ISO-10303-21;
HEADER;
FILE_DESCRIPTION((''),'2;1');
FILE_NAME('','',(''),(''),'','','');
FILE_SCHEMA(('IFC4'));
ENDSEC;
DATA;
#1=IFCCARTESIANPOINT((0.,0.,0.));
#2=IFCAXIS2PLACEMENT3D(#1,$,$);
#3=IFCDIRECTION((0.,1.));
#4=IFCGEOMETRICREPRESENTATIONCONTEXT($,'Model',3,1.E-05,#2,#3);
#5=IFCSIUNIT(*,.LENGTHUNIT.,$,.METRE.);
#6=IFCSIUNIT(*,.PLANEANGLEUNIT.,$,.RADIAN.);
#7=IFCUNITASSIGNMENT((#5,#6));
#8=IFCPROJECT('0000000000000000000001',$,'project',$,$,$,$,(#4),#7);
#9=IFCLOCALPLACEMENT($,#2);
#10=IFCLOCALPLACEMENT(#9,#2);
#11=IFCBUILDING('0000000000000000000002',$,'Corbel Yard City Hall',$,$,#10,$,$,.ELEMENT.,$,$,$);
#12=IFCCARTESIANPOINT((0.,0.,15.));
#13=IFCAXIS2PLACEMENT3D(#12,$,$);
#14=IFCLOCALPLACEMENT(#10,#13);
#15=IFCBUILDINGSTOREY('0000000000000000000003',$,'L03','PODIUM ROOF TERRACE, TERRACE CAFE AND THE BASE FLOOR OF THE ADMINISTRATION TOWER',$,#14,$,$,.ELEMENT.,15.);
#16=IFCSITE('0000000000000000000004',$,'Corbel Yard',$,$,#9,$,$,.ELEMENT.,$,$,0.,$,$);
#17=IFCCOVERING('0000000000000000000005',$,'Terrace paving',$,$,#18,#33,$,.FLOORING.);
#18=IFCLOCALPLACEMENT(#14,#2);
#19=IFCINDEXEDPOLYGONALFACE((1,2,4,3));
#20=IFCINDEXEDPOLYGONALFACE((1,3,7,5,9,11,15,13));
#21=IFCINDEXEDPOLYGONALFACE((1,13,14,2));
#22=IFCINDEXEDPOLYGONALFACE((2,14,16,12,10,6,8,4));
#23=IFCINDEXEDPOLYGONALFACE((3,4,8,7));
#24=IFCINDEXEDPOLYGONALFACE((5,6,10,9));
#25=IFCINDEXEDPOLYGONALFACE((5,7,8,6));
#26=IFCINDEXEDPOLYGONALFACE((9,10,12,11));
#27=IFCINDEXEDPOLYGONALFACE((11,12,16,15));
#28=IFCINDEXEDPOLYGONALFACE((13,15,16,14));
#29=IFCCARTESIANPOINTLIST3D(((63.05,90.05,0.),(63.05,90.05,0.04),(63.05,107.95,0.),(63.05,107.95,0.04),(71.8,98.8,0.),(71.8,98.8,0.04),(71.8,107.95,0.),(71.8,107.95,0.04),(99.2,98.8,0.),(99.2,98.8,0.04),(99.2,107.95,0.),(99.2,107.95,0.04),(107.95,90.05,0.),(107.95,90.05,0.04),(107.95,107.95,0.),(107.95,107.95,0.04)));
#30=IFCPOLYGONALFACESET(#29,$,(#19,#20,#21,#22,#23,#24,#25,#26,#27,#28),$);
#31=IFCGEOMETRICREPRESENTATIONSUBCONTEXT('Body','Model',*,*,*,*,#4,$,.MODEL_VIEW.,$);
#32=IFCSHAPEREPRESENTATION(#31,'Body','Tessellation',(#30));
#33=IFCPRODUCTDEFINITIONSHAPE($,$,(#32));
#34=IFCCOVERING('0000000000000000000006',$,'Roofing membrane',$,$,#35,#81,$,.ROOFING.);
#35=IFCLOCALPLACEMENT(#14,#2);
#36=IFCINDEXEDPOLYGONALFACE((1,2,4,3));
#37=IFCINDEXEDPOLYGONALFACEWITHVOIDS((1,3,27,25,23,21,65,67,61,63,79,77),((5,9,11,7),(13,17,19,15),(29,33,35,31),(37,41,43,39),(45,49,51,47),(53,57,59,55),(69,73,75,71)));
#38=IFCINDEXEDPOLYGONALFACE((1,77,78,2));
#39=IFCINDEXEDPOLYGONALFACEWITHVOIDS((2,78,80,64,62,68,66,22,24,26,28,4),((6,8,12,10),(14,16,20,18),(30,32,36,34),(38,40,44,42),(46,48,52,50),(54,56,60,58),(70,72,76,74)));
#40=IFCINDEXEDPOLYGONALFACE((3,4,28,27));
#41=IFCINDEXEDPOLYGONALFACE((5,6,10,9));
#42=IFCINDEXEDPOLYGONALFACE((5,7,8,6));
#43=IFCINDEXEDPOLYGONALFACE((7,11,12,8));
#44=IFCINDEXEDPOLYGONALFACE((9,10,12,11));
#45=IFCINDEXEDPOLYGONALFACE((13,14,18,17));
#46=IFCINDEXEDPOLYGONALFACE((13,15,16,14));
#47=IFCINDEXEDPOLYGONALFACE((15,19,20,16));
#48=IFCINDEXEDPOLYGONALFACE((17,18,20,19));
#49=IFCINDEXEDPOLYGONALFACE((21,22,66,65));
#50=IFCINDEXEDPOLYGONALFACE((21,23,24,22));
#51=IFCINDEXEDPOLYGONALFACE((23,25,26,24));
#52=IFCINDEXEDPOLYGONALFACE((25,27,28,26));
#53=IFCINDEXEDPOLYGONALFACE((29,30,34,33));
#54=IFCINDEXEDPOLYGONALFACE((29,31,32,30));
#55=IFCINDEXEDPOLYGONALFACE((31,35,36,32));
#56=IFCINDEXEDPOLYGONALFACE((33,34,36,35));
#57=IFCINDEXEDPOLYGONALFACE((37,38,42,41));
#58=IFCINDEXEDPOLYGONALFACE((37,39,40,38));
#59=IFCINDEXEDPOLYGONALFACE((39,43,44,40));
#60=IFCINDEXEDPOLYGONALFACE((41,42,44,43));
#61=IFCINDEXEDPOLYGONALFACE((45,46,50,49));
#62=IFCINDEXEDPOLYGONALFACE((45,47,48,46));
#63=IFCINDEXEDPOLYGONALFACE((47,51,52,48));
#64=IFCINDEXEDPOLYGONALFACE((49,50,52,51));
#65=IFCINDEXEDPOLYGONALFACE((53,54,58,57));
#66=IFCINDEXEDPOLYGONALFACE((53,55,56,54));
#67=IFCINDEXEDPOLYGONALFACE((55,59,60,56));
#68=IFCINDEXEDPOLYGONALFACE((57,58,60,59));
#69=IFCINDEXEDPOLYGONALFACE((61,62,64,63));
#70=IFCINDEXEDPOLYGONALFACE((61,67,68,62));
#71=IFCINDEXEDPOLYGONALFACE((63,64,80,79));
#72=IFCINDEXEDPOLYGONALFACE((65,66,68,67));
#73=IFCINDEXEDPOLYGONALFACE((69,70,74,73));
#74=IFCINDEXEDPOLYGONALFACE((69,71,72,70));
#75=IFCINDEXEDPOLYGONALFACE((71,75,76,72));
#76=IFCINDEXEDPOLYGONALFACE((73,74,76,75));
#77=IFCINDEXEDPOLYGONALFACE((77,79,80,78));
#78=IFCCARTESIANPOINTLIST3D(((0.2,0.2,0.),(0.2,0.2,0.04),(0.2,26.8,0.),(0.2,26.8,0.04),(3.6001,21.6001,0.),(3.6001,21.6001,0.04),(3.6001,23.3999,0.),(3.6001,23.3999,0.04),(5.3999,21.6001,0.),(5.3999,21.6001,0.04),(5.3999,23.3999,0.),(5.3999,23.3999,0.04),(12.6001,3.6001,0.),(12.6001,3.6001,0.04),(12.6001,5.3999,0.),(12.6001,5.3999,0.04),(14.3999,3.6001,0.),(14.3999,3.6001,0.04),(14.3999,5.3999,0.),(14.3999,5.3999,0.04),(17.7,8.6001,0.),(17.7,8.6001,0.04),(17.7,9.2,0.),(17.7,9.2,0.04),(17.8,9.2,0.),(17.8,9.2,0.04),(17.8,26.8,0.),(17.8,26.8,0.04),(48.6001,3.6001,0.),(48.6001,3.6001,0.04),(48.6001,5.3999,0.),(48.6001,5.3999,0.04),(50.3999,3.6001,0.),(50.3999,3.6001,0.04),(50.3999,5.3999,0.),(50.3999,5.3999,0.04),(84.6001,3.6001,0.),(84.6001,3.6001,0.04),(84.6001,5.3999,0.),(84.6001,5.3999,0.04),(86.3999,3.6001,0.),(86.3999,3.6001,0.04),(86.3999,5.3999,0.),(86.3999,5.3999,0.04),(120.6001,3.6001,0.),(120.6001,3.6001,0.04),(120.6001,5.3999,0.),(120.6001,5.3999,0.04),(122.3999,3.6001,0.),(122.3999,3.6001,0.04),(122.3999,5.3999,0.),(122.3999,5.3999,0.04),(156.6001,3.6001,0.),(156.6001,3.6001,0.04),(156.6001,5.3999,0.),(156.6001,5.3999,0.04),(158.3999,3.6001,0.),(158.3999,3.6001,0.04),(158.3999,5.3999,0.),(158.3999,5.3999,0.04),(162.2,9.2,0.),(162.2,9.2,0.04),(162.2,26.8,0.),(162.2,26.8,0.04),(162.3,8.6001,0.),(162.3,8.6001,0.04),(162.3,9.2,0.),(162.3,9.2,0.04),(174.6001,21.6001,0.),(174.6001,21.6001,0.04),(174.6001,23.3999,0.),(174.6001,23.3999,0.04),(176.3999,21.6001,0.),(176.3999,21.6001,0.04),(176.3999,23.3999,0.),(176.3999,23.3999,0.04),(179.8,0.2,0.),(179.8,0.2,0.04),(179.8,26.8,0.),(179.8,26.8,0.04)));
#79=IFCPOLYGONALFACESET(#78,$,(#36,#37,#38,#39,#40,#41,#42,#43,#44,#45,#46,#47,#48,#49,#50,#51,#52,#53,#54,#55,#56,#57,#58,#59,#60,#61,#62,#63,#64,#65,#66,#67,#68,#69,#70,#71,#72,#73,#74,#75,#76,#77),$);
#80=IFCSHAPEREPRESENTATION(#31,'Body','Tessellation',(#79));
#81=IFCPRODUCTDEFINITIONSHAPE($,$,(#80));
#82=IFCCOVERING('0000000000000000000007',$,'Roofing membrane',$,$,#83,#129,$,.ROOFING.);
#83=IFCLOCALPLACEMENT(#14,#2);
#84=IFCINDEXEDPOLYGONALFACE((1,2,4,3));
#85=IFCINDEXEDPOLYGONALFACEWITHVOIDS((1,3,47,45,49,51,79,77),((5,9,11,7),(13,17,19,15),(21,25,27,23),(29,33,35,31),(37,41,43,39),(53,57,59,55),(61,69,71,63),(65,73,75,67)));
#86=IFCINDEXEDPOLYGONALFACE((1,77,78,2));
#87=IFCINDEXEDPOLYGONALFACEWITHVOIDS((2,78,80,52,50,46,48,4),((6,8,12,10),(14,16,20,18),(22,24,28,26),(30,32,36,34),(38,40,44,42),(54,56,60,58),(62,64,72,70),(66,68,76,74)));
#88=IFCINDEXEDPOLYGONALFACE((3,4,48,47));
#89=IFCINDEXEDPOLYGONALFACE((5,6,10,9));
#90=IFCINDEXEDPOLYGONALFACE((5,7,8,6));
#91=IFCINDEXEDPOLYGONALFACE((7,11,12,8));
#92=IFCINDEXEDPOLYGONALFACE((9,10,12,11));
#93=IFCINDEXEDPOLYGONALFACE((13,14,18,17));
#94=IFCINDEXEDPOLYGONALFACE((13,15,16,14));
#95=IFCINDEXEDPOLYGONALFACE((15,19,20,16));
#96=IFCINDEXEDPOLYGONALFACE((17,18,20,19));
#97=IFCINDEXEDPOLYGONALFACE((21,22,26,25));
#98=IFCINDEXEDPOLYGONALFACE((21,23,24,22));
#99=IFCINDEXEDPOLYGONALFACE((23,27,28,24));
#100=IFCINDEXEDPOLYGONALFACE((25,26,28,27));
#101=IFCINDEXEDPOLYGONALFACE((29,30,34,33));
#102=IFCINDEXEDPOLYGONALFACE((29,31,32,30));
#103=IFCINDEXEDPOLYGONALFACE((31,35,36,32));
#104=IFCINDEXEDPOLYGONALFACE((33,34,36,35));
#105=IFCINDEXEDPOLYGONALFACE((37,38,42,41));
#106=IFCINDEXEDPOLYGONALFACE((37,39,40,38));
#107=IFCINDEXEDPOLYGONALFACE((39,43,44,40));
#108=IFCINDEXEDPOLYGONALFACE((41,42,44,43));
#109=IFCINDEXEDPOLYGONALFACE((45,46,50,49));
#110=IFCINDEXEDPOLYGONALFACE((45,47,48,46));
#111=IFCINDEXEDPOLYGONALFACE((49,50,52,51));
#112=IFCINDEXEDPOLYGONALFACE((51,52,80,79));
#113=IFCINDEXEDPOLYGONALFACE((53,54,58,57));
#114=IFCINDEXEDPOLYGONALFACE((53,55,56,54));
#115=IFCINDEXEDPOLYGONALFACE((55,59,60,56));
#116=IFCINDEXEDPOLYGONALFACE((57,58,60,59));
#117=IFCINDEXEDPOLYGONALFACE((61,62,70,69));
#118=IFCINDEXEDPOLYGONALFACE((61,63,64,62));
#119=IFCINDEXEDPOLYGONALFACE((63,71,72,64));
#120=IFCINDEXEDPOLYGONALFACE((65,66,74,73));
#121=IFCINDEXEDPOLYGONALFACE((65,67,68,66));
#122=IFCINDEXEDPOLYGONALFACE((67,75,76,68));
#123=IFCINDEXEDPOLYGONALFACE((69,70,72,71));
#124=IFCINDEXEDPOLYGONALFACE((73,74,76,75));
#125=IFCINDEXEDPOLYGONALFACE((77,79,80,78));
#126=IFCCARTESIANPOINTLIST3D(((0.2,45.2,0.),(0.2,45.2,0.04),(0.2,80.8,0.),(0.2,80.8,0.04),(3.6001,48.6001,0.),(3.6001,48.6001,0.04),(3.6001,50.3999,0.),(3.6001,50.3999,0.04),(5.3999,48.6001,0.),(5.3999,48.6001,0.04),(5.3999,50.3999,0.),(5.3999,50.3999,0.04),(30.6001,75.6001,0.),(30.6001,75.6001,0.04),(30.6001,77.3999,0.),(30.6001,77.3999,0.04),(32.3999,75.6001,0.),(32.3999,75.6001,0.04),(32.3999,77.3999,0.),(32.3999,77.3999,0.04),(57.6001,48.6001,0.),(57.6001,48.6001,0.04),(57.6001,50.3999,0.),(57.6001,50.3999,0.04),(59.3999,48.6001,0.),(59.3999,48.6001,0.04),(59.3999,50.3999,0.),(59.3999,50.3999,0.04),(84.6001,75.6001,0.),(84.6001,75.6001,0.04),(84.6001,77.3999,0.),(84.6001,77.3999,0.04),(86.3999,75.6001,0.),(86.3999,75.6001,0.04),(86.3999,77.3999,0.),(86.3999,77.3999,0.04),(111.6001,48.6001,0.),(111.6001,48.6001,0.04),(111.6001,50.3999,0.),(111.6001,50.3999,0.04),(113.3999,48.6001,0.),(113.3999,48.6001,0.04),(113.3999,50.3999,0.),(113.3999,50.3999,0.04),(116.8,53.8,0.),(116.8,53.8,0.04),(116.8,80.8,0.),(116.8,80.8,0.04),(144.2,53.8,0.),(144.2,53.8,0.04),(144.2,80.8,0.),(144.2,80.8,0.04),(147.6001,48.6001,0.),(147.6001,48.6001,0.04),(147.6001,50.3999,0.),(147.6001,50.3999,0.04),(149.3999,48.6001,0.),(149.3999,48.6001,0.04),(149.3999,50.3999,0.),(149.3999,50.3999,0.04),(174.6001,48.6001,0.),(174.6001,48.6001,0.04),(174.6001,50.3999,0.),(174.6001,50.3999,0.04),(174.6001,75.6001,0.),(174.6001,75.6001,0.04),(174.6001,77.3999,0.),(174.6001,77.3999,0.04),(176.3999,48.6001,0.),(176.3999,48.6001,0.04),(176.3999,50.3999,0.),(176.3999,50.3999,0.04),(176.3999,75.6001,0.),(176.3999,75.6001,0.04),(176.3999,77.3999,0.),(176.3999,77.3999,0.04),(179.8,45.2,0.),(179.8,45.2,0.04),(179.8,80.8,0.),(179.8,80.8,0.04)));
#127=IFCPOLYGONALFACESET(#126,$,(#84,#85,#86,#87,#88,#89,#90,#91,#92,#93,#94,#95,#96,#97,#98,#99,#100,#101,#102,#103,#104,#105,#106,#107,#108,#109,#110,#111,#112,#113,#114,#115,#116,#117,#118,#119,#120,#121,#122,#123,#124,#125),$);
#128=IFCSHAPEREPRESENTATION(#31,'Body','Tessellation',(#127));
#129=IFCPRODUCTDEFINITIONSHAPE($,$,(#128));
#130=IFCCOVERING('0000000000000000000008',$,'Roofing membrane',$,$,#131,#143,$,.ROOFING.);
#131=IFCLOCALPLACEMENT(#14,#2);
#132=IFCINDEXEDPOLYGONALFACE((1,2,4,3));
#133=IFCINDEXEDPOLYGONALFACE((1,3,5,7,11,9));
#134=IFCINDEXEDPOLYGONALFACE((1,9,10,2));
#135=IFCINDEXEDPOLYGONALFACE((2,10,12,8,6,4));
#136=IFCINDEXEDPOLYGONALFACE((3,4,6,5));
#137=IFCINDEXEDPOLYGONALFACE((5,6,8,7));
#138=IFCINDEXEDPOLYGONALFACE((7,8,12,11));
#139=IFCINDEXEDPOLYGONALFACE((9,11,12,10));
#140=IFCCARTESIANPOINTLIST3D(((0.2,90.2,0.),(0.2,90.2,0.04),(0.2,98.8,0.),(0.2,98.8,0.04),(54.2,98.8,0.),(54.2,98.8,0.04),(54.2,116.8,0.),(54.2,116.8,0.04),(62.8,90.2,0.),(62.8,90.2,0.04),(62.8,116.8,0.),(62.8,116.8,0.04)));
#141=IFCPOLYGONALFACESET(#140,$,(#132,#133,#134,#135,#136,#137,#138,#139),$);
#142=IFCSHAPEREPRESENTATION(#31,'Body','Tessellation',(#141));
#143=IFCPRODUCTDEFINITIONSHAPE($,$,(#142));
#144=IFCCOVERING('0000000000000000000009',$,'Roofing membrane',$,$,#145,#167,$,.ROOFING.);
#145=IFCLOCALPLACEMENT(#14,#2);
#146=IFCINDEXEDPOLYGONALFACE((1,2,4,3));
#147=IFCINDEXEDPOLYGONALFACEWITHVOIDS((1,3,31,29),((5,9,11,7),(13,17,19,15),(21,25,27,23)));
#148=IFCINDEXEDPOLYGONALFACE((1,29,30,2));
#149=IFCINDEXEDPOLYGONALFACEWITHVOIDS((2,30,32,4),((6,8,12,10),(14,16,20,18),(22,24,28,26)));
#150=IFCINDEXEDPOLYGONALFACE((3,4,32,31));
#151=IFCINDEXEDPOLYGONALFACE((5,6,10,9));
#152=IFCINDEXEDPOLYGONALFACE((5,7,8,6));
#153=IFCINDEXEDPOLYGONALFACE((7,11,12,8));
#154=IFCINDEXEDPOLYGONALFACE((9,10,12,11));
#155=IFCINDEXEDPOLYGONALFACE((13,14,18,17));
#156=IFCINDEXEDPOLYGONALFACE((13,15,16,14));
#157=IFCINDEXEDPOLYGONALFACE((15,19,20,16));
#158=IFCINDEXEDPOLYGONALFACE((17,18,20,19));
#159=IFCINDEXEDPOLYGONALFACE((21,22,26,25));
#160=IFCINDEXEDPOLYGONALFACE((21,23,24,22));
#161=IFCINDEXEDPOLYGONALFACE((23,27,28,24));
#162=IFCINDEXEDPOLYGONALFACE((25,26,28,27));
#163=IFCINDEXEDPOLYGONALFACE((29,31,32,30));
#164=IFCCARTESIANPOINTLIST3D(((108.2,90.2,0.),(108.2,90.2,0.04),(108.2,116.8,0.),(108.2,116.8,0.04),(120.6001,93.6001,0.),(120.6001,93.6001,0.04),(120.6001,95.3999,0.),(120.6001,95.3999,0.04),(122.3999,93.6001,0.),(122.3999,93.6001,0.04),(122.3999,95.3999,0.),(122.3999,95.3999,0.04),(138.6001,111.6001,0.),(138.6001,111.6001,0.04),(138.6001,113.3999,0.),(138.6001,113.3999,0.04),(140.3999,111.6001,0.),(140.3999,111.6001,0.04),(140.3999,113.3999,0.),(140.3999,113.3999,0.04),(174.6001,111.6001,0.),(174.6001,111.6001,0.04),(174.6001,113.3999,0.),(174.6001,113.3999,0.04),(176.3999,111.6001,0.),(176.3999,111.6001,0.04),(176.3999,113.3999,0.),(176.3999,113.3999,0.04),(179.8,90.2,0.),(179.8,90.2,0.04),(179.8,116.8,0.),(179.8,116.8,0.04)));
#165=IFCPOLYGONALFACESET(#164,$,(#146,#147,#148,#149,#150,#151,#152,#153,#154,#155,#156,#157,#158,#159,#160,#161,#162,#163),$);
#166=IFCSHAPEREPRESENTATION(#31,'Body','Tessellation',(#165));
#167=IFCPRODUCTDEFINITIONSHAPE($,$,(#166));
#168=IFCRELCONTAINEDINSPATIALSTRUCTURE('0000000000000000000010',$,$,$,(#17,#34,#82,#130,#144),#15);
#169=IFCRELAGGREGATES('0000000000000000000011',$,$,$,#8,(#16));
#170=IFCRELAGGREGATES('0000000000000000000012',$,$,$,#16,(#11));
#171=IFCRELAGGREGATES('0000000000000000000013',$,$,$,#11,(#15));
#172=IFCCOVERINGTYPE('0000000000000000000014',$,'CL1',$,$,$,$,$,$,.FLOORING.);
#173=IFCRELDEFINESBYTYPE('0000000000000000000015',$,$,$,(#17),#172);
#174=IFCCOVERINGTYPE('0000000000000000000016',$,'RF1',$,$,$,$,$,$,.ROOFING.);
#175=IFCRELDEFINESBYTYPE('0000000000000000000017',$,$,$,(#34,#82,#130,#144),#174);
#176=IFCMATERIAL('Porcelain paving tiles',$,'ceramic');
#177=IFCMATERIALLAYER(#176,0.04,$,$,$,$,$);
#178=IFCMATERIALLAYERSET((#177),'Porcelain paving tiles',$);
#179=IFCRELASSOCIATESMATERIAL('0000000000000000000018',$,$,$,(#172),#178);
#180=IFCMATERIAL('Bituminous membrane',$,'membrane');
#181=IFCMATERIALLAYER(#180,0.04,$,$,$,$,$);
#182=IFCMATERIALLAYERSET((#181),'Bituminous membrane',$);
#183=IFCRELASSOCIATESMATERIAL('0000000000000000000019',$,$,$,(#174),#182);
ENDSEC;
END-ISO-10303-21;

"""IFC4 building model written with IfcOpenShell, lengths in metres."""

from ifc_helpers import new_model, si_unit, direction, frame, origin, place, context, subcontext, project, spatial, polyline, outline, extrude, material, layer, layer_set, type_object, element, save


model = new_model("IFC4")

# Units and contexts
model_context = context("Model", 3, precision=1e-05, world=origin(), true_north=direction((0.0, 1.0)))
body_context = subcontext(model_context, "Body", "Model", "MODEL_VIEW")
ifc_project = project(units=[si_unit("LENGTHUNIT", "METRE"), si_unit("PLANEANGLEUNIT", "RADIAN")], contexts=[model_context])

# Site, building, storey
site_placement = place(None, origin())
site = spatial("IfcSite", under=ifc_project, at=site_placement, Name="Corbel Yard", CompositionType="ELEMENT", RefElevation=0.0)
building_placement = place(site_placement, origin())
building = spatial("IfcBuilding", under=site, at=building_placement, Name="Corbel Yard City Hall", CompositionType="ELEMENT")
storey_placement = place(building_placement, frame((0.0, 0.0, 15.0)))
storey = spatial("IfcBuildingStorey", under=building, at=storey_placement, Name="L03", Description="PODIUM ROOF TERRACE, TERRACE CAFE AND THE BASE FLOOR OF THE ADMINISTRATION TOWER", CompositionType="ELEMENT", Elevation=15.0)

# Coverings
ifc_material_1 = material(Name="Porcelain paving tiles", Category="ceramic")
ifc_layer_1 = layer(ifc_material_1, 0.04)
ifc_layer_set_1 = layer_set([ifc_layer_1], Name="Porcelain paving tiles")
covering_type_1 = type_object("IfcCoveringType", Name="CL1", PredefinedType="FLOORING", material=ifc_layer_set_1)
covering_1_placement = place(storey_placement, origin())
element("IfcCovering", 1, at=covering_1_placement, inside=storey, type_object=covering_type_1, Name="Terrace paving", PredefinedType="FLOORING", context=body_context, shape_type="SweptSolid", body=[
    extrude(outline(polyline([(107.95, 90.05), (63.05, 90.05), (63.05, 107.95), (71.8, 107.95), (71.8, 98.8), (99.2, 98.8), (99.2, 107.95), (107.95, 107.95), (107.95, 90.05)])), origin(), (0.0, 0.0, 1.0), 0.04),
])
ifc_material_2 = material(Name="Bituminous membrane", Category="membrane")
ifc_layer_2 = layer(ifc_material_2, 0.04)
ifc_layer_set_2 = layer_set([ifc_layer_2], Name="Bituminous membrane")
covering_type_2 = type_object("IfcCoveringType", Name="RF1", PredefinedType="ROOFING", material=ifc_layer_set_2)
covering_2_placement = place(storey_placement, origin())
element("IfcCovering", 2, at=covering_2_placement, inside=storey, type_object=covering_type_2, Name="Roofing membrane", PredefinedType="ROOFING", context=body_context, shape_type="SweptSolid", body=[
    extrude(outline(polyline([(17.8, 9.2), (17.7, 9.2), (17.7, 8.6001), (162.3, 8.6001), (162.3, 9.2), (162.2, 9.2), (162.2, 26.8), (179.8, 26.8), (179.8, 0.2), (0.2, 0.2), (0.2, 26.8), (17.8, 26.8), (17.8, 9.2)]), holes=[polyline([(12.6001, 5.3999), (12.6001, 3.6001), (14.3999, 3.6001), (14.3999, 5.3999), (12.6001, 5.3999)]), polyline([(48.6001, 5.3999), (48.6001, 3.6001), (50.3999, 3.6001), (50.3999, 5.3999), (48.6001, 5.3999)]), polyline([(84.6001, 5.3999), (84.6001, 3.6001), (86.3999, 3.6001), (86.3999, 5.3999), (84.6001, 5.3999)]), polyline([(5.3999, 23.3999), (3.6001, 23.3999), (3.6001, 21.6001), (5.3999, 21.6001), (5.3999, 23.3999)]), polyline([(120.6001, 5.3999), (120.6001, 3.6001), (122.3999, 3.6001), (122.3999, 5.3999), (120.6001, 5.3999)]), polyline([(156.6001, 5.3999), (156.6001, 3.6001), (158.3999, 3.6001), (158.3999, 5.3999), (156.6001, 5.3999)]), polyline([(174.6001, 23.3999), (174.6001, 21.6001), (176.3999, 21.6001), (176.3999, 23.3999), (174.6001, 23.3999)])]), origin(), (0.0, 0.0, 1.0), 0.04),
])
covering_3_placement = place(storey_placement, origin())
element("IfcCovering", 3, at=covering_3_placement, inside=storey, type_object=covering_type_2, Name="Roofing membrane", PredefinedType="ROOFING", context=body_context, shape_type="SweptSolid", body=[
    extrude(outline(polyline([(144.2, 80.8), (179.8, 80.8), (179.8, 45.2), (0.2, 45.2), (0.2, 80.8), (116.8, 80.8), (116.8, 53.8), (144.2, 53.8), (144.2, 80.8)]), holes=[polyline([(3.6001, 50.3999), (3.6001, 48.6001), (5.3999, 48.6001), (5.3999, 50.3999), (3.6001, 50.3999)]), polyline([(57.6001, 50.3999), (57.6001, 48.6001), (59.3999, 48.6001), (59.3999, 50.3999), (57.6001, 50.3999)]), polyline([(30.6001, 77.3999), (30.6001, 75.6001), (32.3999, 75.6001), (32.3999, 77.3999), (30.6001, 77.3999)]), polyline([(86.3999, 77.3999), (84.6001, 77.3999), (84.6001, 75.6001), (86.3999, 75.6001), (86.3999, 77.3999)]), polyline([(113.3999, 50.3999), (111.6001, 50.3999), (111.6001, 48.6001), (113.3999, 48.6001), (113.3999, 50.3999)]), polyline([(149.3999, 50.3999), (147.6001, 50.3999), (147.6001, 48.6001), (149.3999, 48.6001), (149.3999, 50.3999)]), polyline([(174.6001, 50.3999), (174.6001, 48.6001), (176.3999, 48.6001), (176.3999, 50.3999), (174.6001, 50.3999)]), polyline([(174.6001, 77.3999), (174.6001, 75.6001), (176.3999, 75.6001), (176.3999, 77.3999), (174.6001, 77.3999)])]), origin(), (0.0, 0.0, 1.0), 0.04),
])
covering_4_placement = place(storey_placement, origin())
element("IfcCovering", 4, at=covering_4_placement, inside=storey, type_object=covering_type_2, Name="Roofing membrane", PredefinedType="ROOFING", context=body_context, shape_type="SweptSolid", body=[
    extrude(outline(polyline([(62.8, 116.8), (62.8, 90.2), (0.2, 90.2), (0.2, 98.8), (54.2, 98.8), (54.2, 116.8), (62.8, 116.8)])), origin(), (0.0, 0.0, 1.0), 0.04),
])
covering_5_placement = place(storey_placement, origin())
element("IfcCovering", 5, at=covering_5_placement, inside=storey, type_object=covering_type_2, Name="Roofing membrane", PredefinedType="ROOFING", context=body_context, shape_type="SweptSolid", body=[
    extrude(outline(polyline([(108.2, 90.2), (108.2, 116.8), (179.8, 116.8), (179.8, 90.2), (108.2, 90.2)]), holes=[polyline([(120.6001, 95.3999), (120.6001, 93.6001), (122.3999, 93.6001), (122.3999, 95.3999), (120.6001, 95.3999)]), polyline([(140.3999, 113.3999), (138.6001, 113.3999), (138.6001, 111.6001), (140.3999, 111.6001), (140.3999, 113.3999)]), polyline([(176.3999, 113.3999), (174.6001, 113.3999), (174.6001, 111.6001), (176.3999, 111.6001), (176.3999, 113.3999)])]), origin(), (0.0, 0.0, 1.0), 0.04),
])

save(model, "model.ifc")
